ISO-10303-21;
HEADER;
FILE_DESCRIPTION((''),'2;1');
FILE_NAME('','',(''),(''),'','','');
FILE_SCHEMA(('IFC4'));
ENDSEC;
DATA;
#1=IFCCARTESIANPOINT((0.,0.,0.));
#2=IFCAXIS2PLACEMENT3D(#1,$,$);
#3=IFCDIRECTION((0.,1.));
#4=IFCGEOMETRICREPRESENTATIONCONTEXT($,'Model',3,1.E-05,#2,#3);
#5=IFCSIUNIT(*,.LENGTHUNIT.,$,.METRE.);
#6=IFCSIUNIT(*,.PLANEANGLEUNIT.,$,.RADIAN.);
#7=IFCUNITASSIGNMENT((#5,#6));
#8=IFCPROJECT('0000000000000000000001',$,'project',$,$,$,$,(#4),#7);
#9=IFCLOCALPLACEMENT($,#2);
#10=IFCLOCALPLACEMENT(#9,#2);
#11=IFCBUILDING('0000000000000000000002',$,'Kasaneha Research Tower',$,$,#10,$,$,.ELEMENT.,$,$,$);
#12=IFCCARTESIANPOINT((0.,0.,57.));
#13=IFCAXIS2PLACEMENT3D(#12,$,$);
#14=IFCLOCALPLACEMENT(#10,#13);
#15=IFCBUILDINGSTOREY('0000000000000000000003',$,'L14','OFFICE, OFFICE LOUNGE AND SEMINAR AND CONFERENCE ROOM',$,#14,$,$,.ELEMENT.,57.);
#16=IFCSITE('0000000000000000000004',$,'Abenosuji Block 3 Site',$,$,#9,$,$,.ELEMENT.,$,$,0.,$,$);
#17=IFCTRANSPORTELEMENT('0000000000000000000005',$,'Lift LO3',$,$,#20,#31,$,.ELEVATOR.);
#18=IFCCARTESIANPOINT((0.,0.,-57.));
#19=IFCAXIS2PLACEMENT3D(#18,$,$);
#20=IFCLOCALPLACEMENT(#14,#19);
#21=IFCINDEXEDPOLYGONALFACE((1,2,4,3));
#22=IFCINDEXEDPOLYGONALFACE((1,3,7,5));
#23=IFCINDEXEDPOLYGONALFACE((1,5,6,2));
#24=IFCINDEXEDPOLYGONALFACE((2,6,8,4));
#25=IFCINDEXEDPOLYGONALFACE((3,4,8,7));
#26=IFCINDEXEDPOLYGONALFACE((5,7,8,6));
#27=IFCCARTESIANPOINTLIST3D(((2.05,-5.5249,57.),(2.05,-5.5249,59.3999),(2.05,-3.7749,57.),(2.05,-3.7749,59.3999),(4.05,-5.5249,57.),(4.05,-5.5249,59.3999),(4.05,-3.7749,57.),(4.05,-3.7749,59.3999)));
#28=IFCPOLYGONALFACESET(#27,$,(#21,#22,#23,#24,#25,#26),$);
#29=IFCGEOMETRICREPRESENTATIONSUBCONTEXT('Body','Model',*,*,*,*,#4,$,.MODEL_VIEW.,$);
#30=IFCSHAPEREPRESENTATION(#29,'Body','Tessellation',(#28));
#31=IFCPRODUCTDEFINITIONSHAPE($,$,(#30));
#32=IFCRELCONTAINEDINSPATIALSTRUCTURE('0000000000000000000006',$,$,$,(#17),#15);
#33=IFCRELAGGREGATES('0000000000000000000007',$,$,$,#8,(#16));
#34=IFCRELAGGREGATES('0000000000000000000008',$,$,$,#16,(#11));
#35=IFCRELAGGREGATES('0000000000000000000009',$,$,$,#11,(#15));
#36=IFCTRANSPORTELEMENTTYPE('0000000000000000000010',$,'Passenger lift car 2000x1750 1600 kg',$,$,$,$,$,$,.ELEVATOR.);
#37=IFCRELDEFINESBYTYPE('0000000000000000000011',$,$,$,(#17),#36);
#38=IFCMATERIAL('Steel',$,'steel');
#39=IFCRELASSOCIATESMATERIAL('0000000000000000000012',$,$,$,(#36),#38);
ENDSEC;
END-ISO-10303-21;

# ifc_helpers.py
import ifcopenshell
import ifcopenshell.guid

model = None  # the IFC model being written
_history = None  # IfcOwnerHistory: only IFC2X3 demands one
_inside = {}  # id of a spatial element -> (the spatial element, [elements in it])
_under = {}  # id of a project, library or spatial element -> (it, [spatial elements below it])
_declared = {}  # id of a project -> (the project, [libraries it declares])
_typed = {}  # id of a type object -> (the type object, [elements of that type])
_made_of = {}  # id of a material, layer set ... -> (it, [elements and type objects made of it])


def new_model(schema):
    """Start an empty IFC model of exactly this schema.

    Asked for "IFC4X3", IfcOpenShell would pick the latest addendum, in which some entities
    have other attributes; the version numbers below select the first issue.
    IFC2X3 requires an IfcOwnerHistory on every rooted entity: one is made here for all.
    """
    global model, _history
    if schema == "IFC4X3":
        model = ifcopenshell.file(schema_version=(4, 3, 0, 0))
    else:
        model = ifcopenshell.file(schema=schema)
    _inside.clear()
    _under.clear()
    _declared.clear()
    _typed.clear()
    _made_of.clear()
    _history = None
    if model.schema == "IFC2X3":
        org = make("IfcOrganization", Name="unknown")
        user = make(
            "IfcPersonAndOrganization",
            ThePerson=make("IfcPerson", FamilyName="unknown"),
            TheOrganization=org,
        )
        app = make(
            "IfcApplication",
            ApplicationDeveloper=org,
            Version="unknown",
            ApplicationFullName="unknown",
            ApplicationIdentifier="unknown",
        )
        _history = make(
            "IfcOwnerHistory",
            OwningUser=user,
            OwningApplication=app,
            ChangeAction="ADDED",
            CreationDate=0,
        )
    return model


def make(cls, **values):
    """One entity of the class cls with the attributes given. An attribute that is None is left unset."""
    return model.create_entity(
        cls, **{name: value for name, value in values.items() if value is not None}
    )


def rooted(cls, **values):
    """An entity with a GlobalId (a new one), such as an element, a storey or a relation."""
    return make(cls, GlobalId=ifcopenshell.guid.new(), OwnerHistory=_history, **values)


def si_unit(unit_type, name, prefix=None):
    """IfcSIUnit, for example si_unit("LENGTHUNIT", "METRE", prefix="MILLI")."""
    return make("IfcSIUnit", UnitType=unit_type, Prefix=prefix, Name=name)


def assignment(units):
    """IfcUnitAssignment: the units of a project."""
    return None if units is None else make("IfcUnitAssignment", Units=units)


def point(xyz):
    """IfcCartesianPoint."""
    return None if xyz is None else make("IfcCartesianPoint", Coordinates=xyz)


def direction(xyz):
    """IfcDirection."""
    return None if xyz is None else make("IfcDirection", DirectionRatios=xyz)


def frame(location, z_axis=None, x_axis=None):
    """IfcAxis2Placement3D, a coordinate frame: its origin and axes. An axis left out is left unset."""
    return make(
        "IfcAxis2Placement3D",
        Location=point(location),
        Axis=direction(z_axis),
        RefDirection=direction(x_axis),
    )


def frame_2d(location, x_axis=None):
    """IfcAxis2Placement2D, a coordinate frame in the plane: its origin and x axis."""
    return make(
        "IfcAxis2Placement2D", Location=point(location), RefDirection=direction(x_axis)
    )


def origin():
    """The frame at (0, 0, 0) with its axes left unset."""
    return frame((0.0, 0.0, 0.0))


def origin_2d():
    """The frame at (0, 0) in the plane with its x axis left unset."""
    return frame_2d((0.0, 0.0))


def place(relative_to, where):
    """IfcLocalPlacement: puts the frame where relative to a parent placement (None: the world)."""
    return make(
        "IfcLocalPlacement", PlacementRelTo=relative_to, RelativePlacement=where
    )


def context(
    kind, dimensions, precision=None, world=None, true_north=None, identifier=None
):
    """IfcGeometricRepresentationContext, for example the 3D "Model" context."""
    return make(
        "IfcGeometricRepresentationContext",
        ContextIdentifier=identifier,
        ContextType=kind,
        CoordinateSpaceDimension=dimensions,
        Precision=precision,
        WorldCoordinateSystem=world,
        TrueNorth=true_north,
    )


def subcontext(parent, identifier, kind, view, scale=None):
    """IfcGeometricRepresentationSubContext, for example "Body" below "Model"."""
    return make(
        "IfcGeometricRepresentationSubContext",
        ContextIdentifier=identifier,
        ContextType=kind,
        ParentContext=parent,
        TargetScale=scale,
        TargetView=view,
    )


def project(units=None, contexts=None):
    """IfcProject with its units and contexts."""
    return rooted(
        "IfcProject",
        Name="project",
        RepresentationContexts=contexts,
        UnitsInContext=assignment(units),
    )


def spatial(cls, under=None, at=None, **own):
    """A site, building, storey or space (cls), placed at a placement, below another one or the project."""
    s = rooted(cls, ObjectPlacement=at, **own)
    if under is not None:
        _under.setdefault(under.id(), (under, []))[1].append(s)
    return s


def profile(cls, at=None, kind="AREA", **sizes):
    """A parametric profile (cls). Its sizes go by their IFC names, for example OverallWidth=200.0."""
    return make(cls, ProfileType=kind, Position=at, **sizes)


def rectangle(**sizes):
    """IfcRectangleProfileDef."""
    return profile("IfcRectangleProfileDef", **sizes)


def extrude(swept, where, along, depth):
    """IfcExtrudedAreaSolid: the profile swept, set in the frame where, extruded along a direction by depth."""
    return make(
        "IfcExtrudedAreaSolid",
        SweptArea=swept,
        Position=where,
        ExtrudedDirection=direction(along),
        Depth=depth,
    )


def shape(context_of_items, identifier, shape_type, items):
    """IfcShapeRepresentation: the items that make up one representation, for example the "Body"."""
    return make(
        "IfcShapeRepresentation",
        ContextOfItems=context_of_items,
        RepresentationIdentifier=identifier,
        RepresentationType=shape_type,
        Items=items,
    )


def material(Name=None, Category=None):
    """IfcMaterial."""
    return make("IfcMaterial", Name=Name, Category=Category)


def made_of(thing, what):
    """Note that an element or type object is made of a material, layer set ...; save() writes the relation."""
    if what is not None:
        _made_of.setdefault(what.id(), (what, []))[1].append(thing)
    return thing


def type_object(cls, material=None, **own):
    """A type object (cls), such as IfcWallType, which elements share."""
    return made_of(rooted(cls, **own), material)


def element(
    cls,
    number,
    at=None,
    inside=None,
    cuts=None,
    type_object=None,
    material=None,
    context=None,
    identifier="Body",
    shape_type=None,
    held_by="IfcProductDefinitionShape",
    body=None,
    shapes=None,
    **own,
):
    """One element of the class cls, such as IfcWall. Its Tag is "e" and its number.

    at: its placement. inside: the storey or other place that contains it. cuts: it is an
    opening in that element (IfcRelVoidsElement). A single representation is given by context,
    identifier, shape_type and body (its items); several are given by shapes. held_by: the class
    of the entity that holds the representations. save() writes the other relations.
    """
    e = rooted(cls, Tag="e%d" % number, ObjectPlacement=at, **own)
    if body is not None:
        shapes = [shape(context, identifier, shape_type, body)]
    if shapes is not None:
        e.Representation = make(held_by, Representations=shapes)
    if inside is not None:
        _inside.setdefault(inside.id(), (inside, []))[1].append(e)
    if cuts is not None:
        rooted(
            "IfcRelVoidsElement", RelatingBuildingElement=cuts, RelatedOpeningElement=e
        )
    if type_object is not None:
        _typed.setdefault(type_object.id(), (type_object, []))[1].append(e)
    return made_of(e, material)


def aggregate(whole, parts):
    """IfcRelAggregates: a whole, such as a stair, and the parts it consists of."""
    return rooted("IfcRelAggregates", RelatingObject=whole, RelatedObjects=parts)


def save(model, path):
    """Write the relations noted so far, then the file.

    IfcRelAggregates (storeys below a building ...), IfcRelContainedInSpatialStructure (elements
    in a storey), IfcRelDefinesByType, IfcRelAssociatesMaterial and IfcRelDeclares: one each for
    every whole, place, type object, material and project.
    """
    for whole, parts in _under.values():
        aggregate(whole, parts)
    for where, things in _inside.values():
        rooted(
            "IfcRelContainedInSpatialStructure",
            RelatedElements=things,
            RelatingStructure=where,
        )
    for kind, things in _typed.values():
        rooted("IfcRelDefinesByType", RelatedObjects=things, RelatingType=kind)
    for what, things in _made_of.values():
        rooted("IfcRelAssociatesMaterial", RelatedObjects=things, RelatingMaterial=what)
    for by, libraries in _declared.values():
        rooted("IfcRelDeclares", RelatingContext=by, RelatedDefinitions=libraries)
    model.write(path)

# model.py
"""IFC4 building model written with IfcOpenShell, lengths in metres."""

from ifc_helpers import new_model, si_unit, direction, frame, origin, origin_2d, place, context, subcontext, project, spatial, rectangle, extrude, material, type_object, element, save


model = new_model("IFC4")

# Units and contexts
model_context = context("Model", 3, precision=1e-05, world=origin(), true_north=direction((0.0, 1.0)))
body_context = subcontext(model_context, "Body", "Model", "MODEL_VIEW")
ifc_project = project(units=[si_unit("LENGTHUNIT", "METRE"), si_unit("PLANEANGLEUNIT", "RADIAN")], contexts=[model_context])

# Site, building, storey
site_placement = place(None, origin())
site = spatial("IfcSite", under=ifc_project, at=site_placement, Name="Abenosuji Block 3 Site", CompositionType="ELEMENT", RefElevation=0.0)
building_placement = place(site_placement, origin())
building = spatial("IfcBuilding", under=site, at=building_placement, Name="Kasaneha Research Tower", CompositionType="ELEMENT")
storey_placement = place(building_placement, frame((0.0, 0.0, 57.0)))
storey = spatial("IfcBuildingStorey", under=building, at=storey_placement, Name="L14", Description="OFFICE, OFFICE LOUNGE AND SEMINAR AND CONFERENCE ROOM", CompositionType="ELEMENT", Elevation=57.0)

# Transport element
ifc_material_1 = material(Name="Steel", Category="steel")
transport_element_type = type_object("IfcTransportElementType", Name="Passenger lift car 2000x1750 1600 kg", PredefinedType="ELEVATOR", material=ifc_material_1)
transport_element_placement = place(storey_placement, frame((0.0, 0.0, -57.0)))
element("IfcTransportElement", 1, at=transport_element_placement, inside=storey, type_object=transport_element_type, Name="Lift LO3", PredefinedType="ELEVATOR", context=body_context, shape_type="SweptSolid", body=[
    extrude(rectangle(XDim=2.0, YDim=1.75, at=origin_2d()), frame((3.05, -4.6499, 57.0)), (0.0, 0.0, 1.0), 2.3999),
])

save(model, "model.ifc")
